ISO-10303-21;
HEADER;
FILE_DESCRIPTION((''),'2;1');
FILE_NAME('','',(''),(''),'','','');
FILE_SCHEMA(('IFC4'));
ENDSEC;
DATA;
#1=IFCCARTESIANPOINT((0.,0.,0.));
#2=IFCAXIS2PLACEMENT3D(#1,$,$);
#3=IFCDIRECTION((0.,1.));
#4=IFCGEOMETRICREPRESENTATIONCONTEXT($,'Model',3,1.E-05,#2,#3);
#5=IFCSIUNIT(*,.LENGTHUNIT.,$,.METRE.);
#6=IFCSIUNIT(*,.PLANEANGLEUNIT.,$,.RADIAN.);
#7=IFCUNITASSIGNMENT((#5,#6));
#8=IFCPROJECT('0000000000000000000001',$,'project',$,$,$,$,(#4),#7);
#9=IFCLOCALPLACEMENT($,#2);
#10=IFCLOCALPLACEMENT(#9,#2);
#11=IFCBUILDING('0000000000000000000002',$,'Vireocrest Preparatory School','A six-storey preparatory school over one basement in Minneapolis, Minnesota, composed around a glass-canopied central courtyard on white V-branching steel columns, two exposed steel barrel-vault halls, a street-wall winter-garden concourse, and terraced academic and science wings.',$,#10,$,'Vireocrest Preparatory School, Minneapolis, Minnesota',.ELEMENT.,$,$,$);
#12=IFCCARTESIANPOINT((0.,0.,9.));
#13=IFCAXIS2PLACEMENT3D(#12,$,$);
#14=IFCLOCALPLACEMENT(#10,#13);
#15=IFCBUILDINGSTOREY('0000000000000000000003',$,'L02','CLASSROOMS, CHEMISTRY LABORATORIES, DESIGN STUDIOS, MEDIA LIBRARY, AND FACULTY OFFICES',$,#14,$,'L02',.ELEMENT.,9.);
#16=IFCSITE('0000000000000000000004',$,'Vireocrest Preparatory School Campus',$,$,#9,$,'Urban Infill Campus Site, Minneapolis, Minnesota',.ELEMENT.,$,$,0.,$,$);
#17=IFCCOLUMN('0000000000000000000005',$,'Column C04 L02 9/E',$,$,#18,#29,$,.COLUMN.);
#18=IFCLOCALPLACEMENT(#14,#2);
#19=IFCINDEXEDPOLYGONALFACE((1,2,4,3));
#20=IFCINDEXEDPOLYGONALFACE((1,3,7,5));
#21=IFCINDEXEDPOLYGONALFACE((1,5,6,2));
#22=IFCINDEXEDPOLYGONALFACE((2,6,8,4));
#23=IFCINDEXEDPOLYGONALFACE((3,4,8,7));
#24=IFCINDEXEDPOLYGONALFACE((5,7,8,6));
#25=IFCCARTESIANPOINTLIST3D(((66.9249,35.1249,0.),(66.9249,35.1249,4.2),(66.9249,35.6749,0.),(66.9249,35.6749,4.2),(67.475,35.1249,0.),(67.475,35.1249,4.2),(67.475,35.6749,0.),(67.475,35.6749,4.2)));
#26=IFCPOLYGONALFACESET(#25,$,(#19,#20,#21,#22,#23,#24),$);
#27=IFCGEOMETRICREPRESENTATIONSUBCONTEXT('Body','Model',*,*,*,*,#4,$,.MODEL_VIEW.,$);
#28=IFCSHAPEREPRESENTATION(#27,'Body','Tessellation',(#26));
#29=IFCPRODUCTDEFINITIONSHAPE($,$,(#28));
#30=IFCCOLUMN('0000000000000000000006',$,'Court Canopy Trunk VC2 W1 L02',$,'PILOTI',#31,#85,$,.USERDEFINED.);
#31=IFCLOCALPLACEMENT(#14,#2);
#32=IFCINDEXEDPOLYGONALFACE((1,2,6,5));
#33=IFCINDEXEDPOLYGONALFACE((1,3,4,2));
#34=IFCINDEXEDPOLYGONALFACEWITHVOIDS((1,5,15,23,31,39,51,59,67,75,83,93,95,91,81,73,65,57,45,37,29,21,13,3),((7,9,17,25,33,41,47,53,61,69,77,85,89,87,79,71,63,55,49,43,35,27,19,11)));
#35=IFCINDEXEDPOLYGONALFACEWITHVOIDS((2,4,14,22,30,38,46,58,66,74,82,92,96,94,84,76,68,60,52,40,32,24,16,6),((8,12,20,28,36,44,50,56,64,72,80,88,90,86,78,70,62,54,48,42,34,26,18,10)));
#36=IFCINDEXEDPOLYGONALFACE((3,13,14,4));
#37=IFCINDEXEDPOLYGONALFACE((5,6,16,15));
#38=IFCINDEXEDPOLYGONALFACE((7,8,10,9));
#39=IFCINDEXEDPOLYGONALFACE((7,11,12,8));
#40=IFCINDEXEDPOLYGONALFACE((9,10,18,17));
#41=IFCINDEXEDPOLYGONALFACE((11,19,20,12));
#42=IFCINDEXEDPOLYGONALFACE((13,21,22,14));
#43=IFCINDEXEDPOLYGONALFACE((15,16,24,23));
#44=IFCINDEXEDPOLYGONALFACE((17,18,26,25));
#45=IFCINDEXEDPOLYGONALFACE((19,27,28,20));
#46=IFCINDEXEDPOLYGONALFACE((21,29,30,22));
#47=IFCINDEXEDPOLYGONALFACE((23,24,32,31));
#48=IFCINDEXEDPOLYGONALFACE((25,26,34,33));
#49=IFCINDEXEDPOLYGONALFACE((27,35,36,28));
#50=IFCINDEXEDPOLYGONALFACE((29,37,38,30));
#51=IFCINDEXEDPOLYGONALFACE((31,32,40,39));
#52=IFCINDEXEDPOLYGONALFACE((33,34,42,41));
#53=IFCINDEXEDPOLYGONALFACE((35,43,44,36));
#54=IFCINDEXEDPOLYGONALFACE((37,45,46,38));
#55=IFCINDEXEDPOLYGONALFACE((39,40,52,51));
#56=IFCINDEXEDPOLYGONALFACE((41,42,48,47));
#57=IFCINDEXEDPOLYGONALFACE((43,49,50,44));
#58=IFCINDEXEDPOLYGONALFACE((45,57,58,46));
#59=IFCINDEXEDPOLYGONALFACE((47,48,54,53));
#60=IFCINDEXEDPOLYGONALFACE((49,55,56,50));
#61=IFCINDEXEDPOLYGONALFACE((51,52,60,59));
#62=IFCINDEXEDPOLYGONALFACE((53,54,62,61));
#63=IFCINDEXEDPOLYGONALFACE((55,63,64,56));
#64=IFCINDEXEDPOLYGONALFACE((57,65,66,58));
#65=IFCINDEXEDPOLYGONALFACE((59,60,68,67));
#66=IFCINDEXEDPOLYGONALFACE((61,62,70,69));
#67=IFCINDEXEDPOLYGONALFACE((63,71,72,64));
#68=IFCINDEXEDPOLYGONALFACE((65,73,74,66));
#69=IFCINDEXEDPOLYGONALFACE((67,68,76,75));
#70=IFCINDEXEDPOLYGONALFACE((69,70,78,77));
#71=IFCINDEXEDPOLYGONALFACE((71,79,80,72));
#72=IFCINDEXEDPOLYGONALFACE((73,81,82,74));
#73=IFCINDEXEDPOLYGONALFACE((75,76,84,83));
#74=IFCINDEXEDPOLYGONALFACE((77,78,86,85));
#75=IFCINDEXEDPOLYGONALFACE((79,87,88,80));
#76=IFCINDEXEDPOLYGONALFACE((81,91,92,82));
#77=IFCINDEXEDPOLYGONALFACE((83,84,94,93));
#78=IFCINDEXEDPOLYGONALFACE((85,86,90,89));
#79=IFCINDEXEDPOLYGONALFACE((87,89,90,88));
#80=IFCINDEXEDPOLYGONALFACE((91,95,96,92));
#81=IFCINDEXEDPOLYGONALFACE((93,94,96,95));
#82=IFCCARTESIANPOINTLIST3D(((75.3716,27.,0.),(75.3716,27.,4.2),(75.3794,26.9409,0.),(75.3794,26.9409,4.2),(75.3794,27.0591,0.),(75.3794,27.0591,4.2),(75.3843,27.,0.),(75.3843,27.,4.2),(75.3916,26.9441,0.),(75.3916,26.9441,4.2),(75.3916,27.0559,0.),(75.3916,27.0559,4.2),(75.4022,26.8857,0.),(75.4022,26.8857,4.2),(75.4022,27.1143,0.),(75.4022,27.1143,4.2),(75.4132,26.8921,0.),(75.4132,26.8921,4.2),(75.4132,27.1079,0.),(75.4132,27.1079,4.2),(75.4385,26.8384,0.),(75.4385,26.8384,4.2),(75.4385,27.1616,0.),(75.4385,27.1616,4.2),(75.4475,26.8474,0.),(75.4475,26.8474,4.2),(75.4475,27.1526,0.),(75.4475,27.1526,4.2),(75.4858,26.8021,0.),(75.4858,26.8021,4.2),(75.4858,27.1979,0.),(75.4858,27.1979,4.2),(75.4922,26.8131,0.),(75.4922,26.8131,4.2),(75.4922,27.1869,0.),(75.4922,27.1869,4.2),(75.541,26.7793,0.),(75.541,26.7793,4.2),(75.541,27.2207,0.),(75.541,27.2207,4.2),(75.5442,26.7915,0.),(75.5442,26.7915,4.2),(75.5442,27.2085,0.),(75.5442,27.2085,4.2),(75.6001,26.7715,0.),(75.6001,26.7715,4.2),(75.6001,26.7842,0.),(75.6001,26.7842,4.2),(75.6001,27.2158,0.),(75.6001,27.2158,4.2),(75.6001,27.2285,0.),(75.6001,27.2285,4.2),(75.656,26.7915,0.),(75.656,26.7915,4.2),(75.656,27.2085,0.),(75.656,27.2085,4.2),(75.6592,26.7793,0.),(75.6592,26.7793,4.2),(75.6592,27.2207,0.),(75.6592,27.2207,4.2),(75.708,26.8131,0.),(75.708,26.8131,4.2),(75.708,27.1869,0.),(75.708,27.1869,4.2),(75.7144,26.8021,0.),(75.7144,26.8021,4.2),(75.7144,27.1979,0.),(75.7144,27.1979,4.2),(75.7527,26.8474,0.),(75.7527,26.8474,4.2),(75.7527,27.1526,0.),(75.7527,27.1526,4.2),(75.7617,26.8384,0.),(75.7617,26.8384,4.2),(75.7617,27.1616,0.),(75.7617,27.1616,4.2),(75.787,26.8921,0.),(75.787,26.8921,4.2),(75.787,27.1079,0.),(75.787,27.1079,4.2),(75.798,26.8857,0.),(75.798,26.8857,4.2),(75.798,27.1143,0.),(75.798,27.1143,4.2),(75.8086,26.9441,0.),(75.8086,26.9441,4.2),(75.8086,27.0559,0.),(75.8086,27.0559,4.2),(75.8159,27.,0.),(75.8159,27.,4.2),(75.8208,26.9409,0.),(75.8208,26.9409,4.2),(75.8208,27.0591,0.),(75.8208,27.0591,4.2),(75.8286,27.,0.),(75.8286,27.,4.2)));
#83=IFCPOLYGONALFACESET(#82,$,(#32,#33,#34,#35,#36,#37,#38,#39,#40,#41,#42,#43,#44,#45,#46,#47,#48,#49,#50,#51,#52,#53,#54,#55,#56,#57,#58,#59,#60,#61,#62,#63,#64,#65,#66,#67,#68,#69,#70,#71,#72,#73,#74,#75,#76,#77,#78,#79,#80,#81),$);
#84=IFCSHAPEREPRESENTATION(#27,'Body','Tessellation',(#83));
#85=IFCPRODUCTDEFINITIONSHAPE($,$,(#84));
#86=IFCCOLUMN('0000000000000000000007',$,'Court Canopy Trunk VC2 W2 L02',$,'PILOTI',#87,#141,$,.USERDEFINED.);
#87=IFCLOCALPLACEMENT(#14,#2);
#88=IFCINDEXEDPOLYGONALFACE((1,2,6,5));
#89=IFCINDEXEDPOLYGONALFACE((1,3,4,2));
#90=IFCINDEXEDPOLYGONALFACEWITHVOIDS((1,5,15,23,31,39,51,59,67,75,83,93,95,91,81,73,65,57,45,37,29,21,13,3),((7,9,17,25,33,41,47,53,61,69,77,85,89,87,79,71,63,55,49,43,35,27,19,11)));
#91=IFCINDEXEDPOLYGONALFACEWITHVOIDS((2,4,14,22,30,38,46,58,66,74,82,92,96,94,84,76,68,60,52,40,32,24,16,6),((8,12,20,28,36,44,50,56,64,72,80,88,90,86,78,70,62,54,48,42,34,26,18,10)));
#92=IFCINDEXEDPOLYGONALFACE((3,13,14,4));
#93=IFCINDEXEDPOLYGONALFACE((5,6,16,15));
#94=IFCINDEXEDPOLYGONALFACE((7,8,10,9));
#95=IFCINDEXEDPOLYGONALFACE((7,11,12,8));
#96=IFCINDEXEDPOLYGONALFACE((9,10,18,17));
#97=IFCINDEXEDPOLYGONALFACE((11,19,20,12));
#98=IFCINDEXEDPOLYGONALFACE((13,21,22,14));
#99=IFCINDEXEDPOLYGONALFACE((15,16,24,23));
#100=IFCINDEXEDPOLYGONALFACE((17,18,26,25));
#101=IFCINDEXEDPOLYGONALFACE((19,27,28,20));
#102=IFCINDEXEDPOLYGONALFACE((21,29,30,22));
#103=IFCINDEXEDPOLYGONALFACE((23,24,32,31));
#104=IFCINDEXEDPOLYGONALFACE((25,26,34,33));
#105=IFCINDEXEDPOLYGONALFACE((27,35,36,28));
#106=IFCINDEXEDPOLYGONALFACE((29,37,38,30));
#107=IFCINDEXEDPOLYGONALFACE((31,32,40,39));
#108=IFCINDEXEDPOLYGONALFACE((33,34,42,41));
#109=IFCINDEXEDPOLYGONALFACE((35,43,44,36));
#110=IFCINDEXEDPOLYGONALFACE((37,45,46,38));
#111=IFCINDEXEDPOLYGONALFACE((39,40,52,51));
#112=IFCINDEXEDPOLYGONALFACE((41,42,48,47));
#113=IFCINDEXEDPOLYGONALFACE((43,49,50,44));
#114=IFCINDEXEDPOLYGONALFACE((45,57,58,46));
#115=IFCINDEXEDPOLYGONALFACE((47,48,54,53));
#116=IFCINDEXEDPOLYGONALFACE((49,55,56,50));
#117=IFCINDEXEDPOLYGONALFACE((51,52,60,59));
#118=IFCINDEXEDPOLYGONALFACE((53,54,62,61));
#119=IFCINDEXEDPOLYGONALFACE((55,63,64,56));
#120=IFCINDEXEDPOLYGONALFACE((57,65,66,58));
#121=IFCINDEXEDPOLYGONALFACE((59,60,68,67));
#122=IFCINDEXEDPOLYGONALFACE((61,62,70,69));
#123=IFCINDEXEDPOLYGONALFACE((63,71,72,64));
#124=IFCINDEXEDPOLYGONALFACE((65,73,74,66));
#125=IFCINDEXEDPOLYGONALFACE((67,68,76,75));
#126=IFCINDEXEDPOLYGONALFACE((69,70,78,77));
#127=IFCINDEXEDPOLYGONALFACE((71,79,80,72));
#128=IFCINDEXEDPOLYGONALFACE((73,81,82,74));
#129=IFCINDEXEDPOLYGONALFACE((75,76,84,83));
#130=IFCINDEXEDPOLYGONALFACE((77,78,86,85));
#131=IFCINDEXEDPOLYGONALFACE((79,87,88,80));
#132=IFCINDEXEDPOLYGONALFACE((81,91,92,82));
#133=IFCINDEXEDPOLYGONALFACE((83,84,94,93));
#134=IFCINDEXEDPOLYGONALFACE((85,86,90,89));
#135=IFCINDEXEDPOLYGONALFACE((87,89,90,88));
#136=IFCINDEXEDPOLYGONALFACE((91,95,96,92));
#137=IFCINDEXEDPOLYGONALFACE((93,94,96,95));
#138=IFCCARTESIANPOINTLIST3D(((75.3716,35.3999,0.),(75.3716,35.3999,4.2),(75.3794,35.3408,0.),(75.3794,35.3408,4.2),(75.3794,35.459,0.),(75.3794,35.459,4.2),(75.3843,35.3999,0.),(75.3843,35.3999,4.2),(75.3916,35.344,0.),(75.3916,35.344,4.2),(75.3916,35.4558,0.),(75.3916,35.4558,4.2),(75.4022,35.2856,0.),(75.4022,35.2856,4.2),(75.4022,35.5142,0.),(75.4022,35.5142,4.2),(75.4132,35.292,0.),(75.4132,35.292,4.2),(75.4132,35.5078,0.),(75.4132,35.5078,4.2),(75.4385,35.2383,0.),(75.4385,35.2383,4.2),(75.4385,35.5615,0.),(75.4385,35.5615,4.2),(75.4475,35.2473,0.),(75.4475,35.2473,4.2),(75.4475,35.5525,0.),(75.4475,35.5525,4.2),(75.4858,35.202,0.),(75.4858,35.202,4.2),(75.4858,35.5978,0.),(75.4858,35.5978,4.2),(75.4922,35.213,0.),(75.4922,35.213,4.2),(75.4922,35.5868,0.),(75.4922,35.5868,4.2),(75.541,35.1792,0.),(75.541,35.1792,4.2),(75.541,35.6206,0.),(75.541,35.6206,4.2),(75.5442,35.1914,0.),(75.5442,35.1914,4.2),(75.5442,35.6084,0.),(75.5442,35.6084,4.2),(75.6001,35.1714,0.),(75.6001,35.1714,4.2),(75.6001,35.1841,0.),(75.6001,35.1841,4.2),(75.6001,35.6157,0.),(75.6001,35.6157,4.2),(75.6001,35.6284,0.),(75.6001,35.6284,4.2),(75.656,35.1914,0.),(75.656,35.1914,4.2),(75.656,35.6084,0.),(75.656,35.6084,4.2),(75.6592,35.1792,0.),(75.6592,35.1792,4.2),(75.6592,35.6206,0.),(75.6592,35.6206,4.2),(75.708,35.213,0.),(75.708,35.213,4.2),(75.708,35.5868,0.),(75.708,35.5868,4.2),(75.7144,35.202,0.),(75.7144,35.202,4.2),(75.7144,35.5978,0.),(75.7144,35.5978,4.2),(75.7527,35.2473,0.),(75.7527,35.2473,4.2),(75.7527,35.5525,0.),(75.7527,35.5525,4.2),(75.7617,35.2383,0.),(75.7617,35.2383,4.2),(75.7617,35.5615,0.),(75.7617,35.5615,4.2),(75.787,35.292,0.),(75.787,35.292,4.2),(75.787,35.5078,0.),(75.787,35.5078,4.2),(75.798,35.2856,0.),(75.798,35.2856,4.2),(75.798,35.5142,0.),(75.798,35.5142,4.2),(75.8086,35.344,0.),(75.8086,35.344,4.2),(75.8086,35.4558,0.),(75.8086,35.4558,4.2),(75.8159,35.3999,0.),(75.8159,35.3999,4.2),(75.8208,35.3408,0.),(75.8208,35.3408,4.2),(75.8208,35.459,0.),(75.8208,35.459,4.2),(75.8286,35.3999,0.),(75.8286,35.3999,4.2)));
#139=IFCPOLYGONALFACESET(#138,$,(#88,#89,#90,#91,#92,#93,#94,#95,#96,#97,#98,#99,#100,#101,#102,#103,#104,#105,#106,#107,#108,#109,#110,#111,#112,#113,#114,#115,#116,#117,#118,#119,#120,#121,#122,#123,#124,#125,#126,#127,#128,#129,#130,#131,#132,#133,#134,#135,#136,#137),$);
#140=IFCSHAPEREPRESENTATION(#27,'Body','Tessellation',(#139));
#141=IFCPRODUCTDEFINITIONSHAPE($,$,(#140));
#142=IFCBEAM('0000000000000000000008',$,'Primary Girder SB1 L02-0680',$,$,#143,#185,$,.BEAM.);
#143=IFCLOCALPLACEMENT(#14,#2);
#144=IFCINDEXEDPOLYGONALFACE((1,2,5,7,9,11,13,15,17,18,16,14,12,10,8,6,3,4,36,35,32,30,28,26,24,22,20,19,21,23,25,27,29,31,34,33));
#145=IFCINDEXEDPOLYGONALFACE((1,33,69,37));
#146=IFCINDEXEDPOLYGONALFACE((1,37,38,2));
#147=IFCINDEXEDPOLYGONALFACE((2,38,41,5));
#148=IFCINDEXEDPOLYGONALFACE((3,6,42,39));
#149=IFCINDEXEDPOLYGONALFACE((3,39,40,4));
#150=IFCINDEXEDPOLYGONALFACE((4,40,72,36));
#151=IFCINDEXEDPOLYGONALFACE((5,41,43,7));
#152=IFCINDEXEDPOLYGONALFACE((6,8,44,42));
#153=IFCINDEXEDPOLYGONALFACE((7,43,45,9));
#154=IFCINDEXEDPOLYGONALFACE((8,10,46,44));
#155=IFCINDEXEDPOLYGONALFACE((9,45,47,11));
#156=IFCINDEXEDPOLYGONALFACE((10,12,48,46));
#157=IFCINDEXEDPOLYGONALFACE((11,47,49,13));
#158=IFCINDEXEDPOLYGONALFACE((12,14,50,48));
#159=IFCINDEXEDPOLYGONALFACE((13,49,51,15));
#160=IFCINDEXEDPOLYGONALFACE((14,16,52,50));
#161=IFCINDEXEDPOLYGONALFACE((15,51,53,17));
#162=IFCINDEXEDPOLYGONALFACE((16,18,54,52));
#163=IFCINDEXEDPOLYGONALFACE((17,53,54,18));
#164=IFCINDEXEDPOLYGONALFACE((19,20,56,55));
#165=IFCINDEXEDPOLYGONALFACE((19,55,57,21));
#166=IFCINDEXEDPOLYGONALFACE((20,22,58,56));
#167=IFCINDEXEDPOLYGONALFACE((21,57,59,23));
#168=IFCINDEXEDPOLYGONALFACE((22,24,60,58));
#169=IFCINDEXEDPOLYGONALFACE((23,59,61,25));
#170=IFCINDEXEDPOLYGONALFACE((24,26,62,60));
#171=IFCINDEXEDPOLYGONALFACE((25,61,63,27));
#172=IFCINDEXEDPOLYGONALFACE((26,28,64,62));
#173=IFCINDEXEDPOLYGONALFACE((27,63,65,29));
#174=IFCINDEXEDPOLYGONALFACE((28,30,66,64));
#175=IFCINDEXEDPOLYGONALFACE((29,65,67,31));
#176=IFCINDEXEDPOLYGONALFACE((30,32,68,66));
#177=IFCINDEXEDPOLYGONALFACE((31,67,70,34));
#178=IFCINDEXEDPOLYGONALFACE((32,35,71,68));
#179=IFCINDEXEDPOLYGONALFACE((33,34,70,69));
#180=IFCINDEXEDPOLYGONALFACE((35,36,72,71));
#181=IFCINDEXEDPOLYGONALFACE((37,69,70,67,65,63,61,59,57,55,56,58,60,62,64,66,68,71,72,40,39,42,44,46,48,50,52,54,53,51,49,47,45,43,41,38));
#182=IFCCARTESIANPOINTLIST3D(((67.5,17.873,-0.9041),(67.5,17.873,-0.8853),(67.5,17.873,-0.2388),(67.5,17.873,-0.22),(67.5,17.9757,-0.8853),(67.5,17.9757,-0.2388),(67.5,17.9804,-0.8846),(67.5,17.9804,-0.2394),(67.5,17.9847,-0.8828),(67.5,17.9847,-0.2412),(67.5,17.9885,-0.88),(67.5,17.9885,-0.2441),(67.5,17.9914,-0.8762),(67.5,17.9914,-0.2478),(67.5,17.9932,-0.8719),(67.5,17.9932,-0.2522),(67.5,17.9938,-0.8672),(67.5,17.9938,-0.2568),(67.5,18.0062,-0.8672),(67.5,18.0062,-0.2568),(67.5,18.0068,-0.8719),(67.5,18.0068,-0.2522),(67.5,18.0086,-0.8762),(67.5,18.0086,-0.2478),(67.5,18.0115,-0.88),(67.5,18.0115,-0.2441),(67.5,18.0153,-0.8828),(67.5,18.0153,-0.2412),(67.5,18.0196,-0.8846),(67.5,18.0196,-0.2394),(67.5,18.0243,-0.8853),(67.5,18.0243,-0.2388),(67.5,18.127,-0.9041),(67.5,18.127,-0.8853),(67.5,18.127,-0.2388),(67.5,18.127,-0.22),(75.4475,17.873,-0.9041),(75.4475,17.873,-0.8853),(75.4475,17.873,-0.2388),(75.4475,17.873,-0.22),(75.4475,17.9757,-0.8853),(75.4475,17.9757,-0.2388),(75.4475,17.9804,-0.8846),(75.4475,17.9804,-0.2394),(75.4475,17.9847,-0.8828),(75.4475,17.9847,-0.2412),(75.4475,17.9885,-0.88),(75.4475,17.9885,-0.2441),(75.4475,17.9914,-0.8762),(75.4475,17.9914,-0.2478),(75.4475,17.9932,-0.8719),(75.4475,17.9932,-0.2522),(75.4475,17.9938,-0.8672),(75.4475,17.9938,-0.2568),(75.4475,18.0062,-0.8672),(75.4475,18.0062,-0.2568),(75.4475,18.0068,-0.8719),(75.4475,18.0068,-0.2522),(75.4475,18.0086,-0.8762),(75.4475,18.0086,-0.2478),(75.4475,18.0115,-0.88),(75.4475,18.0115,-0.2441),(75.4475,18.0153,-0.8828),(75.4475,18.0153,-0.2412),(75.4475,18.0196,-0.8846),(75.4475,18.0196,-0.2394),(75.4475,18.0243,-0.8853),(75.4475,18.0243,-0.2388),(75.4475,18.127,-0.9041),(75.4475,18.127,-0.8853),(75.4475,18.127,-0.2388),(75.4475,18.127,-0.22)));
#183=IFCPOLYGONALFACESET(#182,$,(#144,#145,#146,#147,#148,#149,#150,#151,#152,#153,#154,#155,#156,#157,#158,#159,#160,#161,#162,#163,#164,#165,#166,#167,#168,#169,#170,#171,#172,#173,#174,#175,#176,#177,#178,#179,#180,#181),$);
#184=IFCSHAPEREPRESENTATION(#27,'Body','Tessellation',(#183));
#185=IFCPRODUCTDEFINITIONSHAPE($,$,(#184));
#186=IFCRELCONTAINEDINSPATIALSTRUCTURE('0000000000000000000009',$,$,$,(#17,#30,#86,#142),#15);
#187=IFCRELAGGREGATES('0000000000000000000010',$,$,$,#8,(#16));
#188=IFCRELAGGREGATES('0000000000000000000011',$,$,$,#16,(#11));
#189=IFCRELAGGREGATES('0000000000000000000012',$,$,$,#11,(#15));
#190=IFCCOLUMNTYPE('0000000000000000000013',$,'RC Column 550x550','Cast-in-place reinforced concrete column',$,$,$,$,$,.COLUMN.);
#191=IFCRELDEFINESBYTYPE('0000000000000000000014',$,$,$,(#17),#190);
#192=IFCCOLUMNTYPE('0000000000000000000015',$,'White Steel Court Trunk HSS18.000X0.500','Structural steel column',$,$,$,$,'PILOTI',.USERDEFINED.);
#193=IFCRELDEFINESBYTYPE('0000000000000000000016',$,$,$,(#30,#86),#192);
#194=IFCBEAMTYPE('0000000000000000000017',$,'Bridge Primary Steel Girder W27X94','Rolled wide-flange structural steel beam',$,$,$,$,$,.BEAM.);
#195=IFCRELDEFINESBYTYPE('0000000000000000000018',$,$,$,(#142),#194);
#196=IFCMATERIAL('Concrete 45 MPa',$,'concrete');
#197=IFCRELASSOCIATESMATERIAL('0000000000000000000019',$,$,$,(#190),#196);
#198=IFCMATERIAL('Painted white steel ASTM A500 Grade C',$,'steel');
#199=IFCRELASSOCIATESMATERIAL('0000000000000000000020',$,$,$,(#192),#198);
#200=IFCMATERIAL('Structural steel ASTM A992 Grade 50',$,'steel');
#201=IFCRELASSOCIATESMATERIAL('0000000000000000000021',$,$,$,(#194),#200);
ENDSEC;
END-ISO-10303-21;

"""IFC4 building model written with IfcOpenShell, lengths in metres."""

from ifc_helpers import new_model, si_unit, direction, frame, origin, origin_2d, place, context, subcontext, project, spatial, rectangle, hollow_circle, i_section, extrude, material, material_profile, profile_set, type_object, element, save


model = new_model("IFC4")

# Units and contexts
model_context = context("Model", 3, precision=1e-05, world=origin(), true_north=direction((0.0, 1.0)))
body_context = subcontext(model_context, "Body", "Model", "MODEL_VIEW")
ifc_project = project(units=[si_unit("LENGTHUNIT", "METRE"), si_unit("PLANEANGLEUNIT", "RADIAN")], contexts=[model_context])

# Site, building, storey
site_placement = place(None, origin())
site = spatial("IfcSite", under=ifc_project, at=site_placement, Name="Vireocrest Preparatory School Campus", LongName="Urban Infill Campus Site, Minneapolis, Minnesota", CompositionType="ELEMENT", RefElevation=0.0)
building_placement = place(site_placement, origin())
building = spatial("IfcBuilding", under=site, at=building_placement, Name="Vireocrest Preparatory School", Description="A six-storey preparatory school over one basement in Minneapolis, Minnesota, composed around a glass-canopied central courtyard on white V-branching steel columns, two exposed steel barrel-vault halls, a street-wall winter-garden concourse, and terraced academic and science wings.", LongName="Vireocrest Preparatory School, Minneapolis, Minnesota", CompositionType="ELEMENT")
storey_placement = place(building_placement, frame((0.0, 0.0, 9.0)))
storey = spatial("IfcBuildingStorey", under=building, at=storey_placement, Name="L02", Description="CLASSROOMS, CHEMISTRY LABORATORIES, DESIGN STUDIOS, MEDIA LIBRARY, AND FACULTY OFFICES", LongName="L02", CompositionType="ELEMENT", Elevation=9.0)

# Columns
ifc_material_1 = material(Name="Concrete 45 MPa", Category="concrete")
ifc_material_profile_1 = material_profile(ifc_material_1, rectangle(XDim=0.55, YDim=0.55, at=origin_2d()), Name="RC 550x550")
ifc_profile_set_1 = profile_set([ifc_material_profile_1], Name="Concrete 45 MPa")
column_type_1 = type_object("IfcColumnType", Name="RC Column 550x550", Description="Cast-in-place reinforced concrete column", PredefinedType="COLUMN", material=ifc_profile_set_1)
column_placement = place(storey_placement, frame((67.2, 35.3999, 0.0), z_axis=(0.0, 0.0, 1.0), x_axis=(1.0, 0.0, 0.0)))
element("IfcColumn", 1, at=column_placement, inside=storey, type_object=column_type_1, Name="Column C04 L02 9/E", PredefinedType="COLUMN", context=body_context, shape_type="SweptSolid", body=[
    extrude(rectangle(XDim=0.55, YDim=0.55, at=origin_2d()), origin(), (0.0, 0.0, 1.0), 4.2),
])
ifc_material_2 = material(Name="Painted white steel ASTM A500 Grade C", Category="steel")
ifc_material_profile_2 = material_profile(ifc_material_2, hollow_circle(Radius=0.2285, WallThickness=0.0127, at=origin_2d()), Name="HSS18.000X0.500")
ifc_profile_set_2 = profile_set([ifc_material_profile_2], Name="Painted white steel ASTM A500 Grade C")
column_type_2 = type_object("IfcColumnType", Name="White Steel Court Trunk HSS18.000X0.500", Description="Structural steel column", ElementType="PILOTI", PredefinedType="USERDEFINED", material=ifc_profile_set_2)
for number, where, z_axis, x_axis, name in (
    (2, (75.6001, 27.0, 0.0), (0.0, 0.0, 1.0), (1.0, 0.0, 0.0), "Court Canopy Trunk VC2 W1 L02"),
    (3, (75.6001, 35.3999, 0.0), (0.0, 0.0, 1.0), (1.0, 0.0, 0.0), "Court Canopy Trunk VC2 W2 L02"),
):
    element("IfcColumn", number, at=place(storey_placement, frame(where, z_axis=z_axis, x_axis=x_axis)), inside=storey, type_object=column_type_2, Name=name, ObjectType="PILOTI", PredefinedType="USERDEFINED", context=body_context, shape_type="SweptSolid", body=[
        extrude(hollow_circle(Radius=0.2285, WallThickness=0.0127, at=origin_2d()), origin(), (0.0, 0.0, 1.0), 4.2),
    ])

# Beam
ifc_material_3 = material(Name="Structural steel ASTM A992 Grade 50", Category="steel")
ifc_material_profile_3 = material_profile(ifc_material_3, i_section(OverallWidth=0.2539, OverallDepth=0.6841, WebThickness=0.0125, FlangeThickness=0.0188, FilletRadius=0.0181, at=origin_2d()), Name="W27X94")
ifc_profile_set_3 = profile_set([ifc_material_profile_3], Name="Structural steel ASTM A992 Grade 50")
beam_type_1 = type_object("IfcBeamType", Name="Bridge Primary Steel Girder W27X94", Description="Rolled wide-flange structural steel beam", PredefinedType="BEAM", material=ifc_profile_set_3)
beam_1_placement = place(storey_placement, frame((67.5, 18.0, -0.562), z_axis=(1.0, 0.0, 0.0), x_axis=(0.0, 1.0, 0.0)))
element("IfcBeam", 4, at=beam_1_placement, inside=storey, type_object=beam_type_1, Name="Primary Girder SB1 L02-0680", PredefinedType="BEAM", context=body_context, shape_type="SweptSolid", body=[
    extrude(i_section(OverallWidth=0.2539, OverallDepth=0.6841, WebThickness=0.0125, FlangeThickness=0.0188, FilletRadius=0.0181, at=origin_2d()), origin(), (0.0, 0.0, 1.0), 7.9475),
])

save(model, "model.ifc")
